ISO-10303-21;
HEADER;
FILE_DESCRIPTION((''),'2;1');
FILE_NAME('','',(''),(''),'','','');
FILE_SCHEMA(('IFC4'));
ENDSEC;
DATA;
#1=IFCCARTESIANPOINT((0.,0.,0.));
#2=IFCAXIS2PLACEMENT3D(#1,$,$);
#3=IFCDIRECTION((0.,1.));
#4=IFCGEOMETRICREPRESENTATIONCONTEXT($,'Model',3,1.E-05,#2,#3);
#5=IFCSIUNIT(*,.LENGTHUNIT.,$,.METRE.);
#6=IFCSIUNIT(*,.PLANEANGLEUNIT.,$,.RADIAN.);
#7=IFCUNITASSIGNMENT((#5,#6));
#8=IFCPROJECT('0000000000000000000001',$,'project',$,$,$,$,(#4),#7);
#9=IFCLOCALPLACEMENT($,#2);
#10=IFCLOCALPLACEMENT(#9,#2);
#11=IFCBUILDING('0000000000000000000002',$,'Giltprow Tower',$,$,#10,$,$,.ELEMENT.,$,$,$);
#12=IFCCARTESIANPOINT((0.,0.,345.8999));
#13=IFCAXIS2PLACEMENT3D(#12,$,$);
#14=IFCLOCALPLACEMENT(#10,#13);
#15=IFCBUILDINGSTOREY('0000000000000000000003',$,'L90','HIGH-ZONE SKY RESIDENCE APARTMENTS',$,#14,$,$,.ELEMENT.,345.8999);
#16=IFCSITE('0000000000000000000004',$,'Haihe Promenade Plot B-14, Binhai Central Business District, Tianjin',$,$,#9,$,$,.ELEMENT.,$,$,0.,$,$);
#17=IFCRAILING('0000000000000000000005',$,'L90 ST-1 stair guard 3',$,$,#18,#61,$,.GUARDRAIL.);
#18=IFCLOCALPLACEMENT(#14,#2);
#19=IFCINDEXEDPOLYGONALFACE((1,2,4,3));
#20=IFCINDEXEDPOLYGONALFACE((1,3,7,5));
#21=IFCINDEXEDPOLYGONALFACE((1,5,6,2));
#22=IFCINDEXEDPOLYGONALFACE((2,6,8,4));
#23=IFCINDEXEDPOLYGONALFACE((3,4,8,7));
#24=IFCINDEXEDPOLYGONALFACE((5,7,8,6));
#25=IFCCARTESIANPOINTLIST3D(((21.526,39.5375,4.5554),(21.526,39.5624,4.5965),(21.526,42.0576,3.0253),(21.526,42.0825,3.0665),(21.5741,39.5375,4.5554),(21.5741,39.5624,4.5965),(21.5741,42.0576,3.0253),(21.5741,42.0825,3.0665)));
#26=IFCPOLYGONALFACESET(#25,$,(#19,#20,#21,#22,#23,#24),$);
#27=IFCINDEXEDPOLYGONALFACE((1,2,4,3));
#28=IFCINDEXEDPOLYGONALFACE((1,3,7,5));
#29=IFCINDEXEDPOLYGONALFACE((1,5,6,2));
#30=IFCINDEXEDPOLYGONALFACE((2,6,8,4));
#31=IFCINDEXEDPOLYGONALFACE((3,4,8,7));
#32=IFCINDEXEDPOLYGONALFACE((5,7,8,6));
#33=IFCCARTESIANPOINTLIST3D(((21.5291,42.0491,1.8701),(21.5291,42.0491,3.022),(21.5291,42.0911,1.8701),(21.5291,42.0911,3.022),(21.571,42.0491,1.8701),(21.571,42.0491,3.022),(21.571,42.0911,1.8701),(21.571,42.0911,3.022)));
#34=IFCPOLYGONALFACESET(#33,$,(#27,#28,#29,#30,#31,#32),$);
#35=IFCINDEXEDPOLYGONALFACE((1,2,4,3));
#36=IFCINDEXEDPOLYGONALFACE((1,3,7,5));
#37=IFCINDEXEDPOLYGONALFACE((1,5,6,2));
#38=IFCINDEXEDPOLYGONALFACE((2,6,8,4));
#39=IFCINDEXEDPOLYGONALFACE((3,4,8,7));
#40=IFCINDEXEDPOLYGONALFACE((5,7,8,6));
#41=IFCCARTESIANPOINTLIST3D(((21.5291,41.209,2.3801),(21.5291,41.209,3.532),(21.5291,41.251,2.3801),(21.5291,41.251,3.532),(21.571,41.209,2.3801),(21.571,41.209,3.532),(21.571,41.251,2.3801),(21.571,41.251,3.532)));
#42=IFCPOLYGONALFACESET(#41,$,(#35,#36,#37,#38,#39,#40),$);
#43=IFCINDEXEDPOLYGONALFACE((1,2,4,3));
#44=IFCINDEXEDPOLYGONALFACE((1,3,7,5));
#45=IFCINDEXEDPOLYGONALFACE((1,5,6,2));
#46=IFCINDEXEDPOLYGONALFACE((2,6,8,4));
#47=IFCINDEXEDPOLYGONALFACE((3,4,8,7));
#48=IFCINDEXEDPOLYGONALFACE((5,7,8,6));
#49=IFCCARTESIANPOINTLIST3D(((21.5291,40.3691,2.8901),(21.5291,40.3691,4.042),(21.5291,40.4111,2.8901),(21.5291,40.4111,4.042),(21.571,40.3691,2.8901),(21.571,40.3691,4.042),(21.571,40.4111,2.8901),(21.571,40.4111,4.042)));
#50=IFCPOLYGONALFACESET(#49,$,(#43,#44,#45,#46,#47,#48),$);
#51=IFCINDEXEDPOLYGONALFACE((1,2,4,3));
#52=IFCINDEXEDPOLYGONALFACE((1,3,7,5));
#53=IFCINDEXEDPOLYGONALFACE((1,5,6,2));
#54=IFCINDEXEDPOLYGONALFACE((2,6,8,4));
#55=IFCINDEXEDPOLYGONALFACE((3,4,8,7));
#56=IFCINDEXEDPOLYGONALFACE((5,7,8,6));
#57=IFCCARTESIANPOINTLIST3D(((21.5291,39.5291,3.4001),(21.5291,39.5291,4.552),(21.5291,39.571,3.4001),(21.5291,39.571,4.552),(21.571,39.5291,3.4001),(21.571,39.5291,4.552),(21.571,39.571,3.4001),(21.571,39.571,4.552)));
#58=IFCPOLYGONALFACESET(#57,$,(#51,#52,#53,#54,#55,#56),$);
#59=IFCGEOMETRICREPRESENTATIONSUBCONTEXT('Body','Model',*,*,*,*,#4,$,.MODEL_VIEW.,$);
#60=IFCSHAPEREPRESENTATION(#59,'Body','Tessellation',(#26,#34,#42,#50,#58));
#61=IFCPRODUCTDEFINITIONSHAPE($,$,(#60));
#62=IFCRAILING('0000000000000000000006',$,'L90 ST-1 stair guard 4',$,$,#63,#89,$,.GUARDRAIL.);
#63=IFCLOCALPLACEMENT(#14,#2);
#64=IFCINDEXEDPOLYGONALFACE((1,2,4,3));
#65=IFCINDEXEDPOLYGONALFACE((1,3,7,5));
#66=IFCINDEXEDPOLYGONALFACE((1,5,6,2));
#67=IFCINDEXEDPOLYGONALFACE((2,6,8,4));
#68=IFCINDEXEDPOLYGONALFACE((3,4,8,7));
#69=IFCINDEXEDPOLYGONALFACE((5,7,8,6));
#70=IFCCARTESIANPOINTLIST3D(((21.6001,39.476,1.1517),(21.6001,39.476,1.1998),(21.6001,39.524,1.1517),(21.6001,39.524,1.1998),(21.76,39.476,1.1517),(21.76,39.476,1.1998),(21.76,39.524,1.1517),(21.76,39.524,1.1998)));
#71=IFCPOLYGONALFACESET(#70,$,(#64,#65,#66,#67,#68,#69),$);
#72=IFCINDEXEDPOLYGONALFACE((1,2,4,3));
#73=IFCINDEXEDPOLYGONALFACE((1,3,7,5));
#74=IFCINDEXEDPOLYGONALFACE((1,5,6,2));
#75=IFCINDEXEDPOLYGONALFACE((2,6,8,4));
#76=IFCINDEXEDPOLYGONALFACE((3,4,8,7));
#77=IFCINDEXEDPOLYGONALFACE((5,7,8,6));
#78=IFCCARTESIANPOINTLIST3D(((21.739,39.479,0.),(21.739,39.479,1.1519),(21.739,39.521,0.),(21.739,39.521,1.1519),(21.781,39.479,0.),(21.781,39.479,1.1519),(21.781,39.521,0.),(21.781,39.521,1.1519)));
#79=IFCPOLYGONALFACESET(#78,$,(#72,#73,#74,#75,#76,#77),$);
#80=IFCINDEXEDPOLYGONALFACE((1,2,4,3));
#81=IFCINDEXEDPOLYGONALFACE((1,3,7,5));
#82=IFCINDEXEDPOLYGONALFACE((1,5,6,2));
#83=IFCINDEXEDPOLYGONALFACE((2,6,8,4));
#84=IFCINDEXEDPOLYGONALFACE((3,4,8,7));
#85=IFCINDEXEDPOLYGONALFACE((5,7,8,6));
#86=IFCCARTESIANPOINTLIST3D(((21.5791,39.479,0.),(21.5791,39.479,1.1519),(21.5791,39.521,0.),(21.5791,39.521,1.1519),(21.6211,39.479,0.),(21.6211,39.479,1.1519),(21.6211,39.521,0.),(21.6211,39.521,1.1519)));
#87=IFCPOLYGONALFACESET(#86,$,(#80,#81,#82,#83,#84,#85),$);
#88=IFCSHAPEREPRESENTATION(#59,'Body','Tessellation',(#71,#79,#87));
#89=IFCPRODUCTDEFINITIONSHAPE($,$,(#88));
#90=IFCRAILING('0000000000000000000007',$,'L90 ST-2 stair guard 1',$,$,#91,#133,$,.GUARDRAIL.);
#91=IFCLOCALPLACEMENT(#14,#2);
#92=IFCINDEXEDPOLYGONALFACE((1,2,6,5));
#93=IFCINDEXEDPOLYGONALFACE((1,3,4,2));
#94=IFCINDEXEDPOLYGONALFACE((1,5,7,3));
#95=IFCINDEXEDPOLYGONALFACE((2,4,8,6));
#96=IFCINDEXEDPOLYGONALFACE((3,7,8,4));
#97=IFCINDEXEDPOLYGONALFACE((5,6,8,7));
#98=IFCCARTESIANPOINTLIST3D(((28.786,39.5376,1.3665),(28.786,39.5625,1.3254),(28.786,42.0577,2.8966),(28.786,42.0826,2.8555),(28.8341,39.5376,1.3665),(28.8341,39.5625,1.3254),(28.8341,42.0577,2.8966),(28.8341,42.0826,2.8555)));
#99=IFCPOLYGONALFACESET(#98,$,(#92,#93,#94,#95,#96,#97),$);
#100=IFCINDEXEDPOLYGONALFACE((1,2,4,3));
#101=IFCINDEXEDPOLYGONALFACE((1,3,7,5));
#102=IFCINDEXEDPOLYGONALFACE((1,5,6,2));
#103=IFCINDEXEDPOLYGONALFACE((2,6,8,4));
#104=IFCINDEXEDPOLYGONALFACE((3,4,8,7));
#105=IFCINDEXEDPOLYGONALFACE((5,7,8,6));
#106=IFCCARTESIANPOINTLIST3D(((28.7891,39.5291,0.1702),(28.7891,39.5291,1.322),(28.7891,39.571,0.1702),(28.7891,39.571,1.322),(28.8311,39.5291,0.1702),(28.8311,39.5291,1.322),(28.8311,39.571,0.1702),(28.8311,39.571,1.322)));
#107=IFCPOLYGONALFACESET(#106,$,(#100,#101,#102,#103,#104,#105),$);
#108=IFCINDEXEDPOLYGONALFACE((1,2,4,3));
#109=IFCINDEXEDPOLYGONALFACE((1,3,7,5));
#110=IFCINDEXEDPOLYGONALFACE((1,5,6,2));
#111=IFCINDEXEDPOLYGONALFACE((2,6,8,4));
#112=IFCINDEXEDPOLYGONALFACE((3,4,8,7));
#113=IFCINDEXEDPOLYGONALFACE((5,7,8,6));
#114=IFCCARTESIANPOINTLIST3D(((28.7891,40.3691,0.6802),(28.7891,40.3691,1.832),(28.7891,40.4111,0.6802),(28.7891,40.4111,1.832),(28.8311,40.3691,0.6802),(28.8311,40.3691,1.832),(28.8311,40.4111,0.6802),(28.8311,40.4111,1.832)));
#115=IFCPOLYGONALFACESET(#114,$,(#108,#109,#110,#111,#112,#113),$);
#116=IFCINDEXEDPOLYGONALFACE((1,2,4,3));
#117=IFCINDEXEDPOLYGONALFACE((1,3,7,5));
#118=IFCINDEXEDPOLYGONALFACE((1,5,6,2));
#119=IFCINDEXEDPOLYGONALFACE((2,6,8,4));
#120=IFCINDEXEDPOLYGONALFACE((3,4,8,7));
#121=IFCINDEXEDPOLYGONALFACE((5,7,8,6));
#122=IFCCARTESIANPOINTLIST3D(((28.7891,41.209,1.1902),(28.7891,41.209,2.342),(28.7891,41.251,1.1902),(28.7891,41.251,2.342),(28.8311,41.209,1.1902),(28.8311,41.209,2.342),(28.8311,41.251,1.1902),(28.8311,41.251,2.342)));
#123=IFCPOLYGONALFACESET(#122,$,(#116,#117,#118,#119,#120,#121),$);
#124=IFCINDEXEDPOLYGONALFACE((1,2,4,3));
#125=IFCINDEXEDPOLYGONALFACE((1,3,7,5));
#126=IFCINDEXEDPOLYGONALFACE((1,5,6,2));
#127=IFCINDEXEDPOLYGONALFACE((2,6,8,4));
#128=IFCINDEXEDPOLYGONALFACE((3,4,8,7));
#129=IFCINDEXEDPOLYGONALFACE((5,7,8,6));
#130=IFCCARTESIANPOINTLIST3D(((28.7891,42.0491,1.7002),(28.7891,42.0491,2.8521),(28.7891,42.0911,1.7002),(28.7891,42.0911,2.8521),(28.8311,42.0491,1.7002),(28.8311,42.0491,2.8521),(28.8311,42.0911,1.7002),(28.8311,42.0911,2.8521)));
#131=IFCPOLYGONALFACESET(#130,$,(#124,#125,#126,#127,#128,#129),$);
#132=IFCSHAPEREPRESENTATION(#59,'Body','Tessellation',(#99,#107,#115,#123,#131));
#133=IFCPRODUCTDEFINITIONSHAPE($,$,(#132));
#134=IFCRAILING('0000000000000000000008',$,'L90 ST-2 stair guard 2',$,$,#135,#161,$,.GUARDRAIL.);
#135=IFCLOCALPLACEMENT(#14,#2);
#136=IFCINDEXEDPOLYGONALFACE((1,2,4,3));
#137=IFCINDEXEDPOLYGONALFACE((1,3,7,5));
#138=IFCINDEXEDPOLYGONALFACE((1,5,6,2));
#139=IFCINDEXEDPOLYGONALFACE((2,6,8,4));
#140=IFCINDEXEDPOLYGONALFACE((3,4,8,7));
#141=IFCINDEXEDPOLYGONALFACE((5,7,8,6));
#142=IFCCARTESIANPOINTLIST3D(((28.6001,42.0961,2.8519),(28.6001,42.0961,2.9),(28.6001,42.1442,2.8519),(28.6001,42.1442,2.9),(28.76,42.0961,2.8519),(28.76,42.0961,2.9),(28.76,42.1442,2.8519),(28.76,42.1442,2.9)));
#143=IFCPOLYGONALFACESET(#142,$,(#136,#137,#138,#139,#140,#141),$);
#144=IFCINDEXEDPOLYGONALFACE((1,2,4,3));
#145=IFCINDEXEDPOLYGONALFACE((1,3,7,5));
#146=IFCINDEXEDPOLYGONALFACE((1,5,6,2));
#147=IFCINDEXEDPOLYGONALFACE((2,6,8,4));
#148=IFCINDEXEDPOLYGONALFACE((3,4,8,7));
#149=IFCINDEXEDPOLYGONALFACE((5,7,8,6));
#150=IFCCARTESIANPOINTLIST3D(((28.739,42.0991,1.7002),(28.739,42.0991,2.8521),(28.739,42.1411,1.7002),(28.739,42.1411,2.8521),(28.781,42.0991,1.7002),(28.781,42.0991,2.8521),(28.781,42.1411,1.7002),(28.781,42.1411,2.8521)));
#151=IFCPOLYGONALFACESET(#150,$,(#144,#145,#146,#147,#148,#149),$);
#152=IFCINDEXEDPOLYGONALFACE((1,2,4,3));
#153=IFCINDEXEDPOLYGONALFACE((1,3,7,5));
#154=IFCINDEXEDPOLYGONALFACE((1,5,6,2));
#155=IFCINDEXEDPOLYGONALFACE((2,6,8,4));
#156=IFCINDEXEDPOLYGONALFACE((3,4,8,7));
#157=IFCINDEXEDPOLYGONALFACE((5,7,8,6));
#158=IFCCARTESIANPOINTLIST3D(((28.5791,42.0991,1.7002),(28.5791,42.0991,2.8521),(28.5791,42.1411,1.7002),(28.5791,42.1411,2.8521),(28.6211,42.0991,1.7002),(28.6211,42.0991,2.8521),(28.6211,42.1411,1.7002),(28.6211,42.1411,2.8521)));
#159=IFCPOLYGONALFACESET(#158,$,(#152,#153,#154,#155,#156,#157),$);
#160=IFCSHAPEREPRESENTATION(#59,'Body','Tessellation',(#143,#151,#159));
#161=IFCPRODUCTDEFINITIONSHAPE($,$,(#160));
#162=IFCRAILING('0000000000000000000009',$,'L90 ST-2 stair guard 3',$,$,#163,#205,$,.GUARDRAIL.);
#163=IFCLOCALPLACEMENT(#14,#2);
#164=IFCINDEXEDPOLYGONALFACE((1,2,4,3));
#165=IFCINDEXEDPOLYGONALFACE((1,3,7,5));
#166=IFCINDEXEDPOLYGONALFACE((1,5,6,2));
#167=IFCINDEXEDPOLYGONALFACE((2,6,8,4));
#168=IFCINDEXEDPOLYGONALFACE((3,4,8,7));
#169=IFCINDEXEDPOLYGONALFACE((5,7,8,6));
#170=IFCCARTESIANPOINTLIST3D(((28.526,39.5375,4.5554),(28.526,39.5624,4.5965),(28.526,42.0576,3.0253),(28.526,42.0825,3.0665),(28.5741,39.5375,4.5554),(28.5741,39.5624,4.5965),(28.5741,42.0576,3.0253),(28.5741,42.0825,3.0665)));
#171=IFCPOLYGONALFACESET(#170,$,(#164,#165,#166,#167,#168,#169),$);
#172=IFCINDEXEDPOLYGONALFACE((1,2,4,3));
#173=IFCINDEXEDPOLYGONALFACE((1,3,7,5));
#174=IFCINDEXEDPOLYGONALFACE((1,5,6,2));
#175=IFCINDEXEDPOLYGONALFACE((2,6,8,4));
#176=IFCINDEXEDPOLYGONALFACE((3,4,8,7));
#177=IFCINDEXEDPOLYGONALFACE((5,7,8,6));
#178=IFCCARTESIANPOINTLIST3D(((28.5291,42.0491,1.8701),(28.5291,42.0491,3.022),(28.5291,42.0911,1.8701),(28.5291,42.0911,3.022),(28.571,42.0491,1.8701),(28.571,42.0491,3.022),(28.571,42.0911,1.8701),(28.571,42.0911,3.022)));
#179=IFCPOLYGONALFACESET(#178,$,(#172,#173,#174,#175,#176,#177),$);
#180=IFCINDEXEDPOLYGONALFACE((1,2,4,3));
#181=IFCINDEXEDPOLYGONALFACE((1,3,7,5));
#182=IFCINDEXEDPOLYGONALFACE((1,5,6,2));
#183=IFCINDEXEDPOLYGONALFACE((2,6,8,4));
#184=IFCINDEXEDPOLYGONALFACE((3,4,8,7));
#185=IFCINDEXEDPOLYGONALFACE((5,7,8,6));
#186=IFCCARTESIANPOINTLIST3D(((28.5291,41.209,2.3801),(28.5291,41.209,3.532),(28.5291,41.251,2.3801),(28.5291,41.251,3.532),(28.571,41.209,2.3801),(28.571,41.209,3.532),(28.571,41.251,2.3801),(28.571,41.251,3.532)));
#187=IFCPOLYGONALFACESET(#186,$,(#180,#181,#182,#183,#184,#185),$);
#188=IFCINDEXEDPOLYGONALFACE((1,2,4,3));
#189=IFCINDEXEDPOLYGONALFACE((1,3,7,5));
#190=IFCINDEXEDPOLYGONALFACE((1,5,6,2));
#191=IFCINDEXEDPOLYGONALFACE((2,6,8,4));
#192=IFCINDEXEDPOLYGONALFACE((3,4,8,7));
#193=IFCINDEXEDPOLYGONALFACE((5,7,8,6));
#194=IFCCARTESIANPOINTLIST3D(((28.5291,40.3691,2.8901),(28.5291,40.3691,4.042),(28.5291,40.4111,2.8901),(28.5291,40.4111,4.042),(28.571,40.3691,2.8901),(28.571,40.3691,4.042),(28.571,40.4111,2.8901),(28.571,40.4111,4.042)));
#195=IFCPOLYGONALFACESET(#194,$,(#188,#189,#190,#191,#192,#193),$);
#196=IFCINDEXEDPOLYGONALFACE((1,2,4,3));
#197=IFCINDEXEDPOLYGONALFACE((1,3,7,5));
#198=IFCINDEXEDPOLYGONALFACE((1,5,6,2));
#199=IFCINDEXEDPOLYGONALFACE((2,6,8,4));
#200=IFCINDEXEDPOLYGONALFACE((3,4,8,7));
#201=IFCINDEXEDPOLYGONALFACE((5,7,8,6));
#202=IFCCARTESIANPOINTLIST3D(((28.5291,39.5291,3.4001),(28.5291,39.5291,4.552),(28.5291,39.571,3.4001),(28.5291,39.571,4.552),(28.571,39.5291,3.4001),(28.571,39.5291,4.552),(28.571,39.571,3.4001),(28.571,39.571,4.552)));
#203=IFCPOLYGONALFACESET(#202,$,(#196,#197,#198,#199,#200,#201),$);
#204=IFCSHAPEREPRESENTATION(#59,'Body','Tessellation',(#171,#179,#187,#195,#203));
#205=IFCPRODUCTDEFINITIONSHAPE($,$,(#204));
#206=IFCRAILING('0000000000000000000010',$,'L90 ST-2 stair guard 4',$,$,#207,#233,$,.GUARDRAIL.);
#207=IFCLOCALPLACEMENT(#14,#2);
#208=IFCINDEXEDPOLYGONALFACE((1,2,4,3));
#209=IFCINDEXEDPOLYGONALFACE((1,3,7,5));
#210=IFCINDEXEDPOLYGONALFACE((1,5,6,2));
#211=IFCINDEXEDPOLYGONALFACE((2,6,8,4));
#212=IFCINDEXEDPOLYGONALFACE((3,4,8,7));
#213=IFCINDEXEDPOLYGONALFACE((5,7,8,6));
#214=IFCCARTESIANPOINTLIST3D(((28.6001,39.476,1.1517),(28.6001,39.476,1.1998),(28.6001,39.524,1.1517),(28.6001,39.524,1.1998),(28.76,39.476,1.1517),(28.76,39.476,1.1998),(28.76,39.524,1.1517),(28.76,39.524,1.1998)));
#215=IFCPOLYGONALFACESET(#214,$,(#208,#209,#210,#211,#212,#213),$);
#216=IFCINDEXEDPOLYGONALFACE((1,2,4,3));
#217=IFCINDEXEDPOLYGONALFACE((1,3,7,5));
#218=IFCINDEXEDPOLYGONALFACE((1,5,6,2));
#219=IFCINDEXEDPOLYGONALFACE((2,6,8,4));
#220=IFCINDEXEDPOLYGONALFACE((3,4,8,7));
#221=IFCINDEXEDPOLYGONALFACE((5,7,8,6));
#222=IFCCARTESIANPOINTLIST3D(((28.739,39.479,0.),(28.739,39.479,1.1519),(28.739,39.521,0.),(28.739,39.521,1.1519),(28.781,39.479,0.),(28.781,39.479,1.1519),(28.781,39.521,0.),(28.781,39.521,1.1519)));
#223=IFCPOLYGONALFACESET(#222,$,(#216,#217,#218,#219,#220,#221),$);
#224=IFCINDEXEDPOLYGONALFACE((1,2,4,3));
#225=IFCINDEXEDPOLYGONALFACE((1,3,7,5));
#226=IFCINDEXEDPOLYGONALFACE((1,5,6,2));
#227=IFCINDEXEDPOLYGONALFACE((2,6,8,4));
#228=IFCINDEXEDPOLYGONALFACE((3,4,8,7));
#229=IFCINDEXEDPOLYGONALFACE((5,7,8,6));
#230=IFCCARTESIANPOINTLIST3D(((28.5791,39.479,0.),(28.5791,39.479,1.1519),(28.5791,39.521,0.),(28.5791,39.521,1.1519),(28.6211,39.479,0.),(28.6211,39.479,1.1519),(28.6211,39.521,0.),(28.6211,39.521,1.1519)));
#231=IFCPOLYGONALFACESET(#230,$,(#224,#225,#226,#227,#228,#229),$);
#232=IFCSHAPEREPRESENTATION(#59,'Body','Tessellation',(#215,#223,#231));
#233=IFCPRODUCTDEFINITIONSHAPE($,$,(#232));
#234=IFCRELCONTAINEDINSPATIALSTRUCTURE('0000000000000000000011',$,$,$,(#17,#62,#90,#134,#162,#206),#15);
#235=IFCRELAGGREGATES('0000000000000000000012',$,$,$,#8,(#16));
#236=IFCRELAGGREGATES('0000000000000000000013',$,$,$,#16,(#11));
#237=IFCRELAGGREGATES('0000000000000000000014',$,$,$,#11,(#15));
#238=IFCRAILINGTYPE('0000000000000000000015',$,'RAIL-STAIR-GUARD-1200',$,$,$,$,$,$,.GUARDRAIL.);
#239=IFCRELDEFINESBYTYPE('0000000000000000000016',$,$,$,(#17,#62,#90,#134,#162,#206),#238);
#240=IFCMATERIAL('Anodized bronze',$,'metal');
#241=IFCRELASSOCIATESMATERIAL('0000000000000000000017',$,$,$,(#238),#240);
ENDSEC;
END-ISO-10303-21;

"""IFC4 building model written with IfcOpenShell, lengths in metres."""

from ifc_helpers import new_model, si_unit, direction, frame, origin, origin_2d, place, context, subcontext, project, spatial, rectangle, extrude, material, type_object, element, save


model = new_model("IFC4")

# Units and contexts
model_context = context("Model", 3, precision=1e-05, world=origin(), true_north=direction((0.0, 1.0)))
body_context = subcontext(model_context, "Body", "Model", "MODEL_VIEW")
ifc_project = project(units=[si_unit("LENGTHUNIT", "METRE"), si_unit("PLANEANGLEUNIT", "RADIAN")], contexts=[model_context])

# Site, building, storey
site_placement = place(None, origin())
site = spatial("IfcSite", under=ifc_project, at=site_placement, Name="Haihe Promenade Plot B-14, Binhai Central Business District, Tianjin", CompositionType="ELEMENT", RefElevation=0.0)
building_placement = place(site_placement, origin())
building = spatial("IfcBuilding", under=site, at=building_placement, Name="Giltprow Tower", CompositionType="ELEMENT")
storey_placement = place(building_placement, frame((0.0, 0.0, 345.8999)))
storey = spatial("IfcBuildingStorey", under=building, at=storey_placement, Name="L90", Description="HIGH-ZONE SKY RESIDENCE APARTMENTS", CompositionType="ELEMENT", Elevation=345.8999)

# Railings
ifc_material_1 = material(Name="Anodized bronze", Category="metal")
railing_type_1 = type_object("IfcRailingType", Name="RAIL-STAIR-GUARD-1200", PredefinedType="GUARDRAIL", material=ifc_material_1)
railing_1_placement = place(storey_placement, frame((21.55, 42.0701, 1.8701)))
element("IfcRailing", 1, at=railing_1_placement, inside=storey, type_object=railing_type_1, Name="L90 ST-1 stair guard 3", PredefinedType="GUARDRAIL", context=body_context, shape_type="SweptSolid", body=[
    extrude(rectangle(XDim=0.0481, YDim=0.0481, at=origin_2d()), frame((0.0, 0.0, 1.1758), z_axis=(0.0, -0.854785, 0.518982), x_axis=(1.0, 0.0, 0.0)), (0.0, 0.0, 1.0), 2.9482),
    extrude(rectangle(XDim=0.042, YDim=0.042, at=origin_2d()), origin(), (0.0, 0.0, 1.0), 1.1519),
    extrude(rectangle(XDim=0.042, YDim=0.042, at=origin_2d()), frame((0.0, -0.8401, 0.51)), (0.0, 0.0, 1.0), 1.1519),
    extrude(rectangle(XDim=0.042, YDim=0.042, at=origin_2d()), frame((0.0, -1.6799, 1.02)), (0.0, 0.0, 1.0), 1.1519),
    extrude(rectangle(XDim=0.042, YDim=0.042, at=origin_2d()), frame((0.0, -2.52, 1.53)), (0.0, 0.0, 1.0), 1.1519),
])
railing_2_placement = place(storey_placement, frame((21.76, 39.5, 0.0)))
element("IfcRailing", 2, at=railing_2_placement, inside=storey, type_object=railing_type_1, Name="L90 ST-1 stair guard 4", PredefinedType="GUARDRAIL", context=body_context, shape_type="SweptSolid", body=[
    extrude(rectangle(XDim=0.0481, YDim=0.0481, at=origin_2d()), frame((0.0, 0.0, 1.1758), z_axis=(-1.0, 0.0, 0.0), x_axis=(0.0, -1.0, 0.0)), (0.0, 0.0, 1.0), 0.1599),
    extrude(rectangle(XDim=0.042, YDim=0.042, at=origin_2d()), origin(), (0.0, 0.0, 1.0), 1.1519),
    extrude(rectangle(XDim=0.042, YDim=0.042, at=origin_2d()), frame((-0.1599, 0.0, 0.0)), (0.0, 0.0, 1.0), 1.1519),
])
railing_3_placement = place(storey_placement, frame((28.8101, 39.55, 0.1702)))
element("IfcRailing", 3, at=railing_3_placement, inside=storey, type_object=railing_type_1, Name="L90 ST-2 stair guard 1", PredefinedType="GUARDRAIL", context=body_context, shape_type="SweptSolid", body=[
    extrude(rectangle(XDim=0.0481, YDim=0.0481, at=origin_2d()), frame((0.0, 0.0, 1.1758), z_axis=(0.0, 0.854785, 0.518982), x_axis=(-1.0, 0.0, 0.0)), (0.0, 0.0, 1.0), 2.9482),
    extrude(rectangle(XDim=0.042, YDim=0.042, at=origin_2d()), origin(), (0.0, 0.0, 1.0), 1.1519),
    extrude(rectangle(XDim=0.042, YDim=0.042, at=origin_2d()), frame((0.0, 0.8401, 0.51)), (0.0, 0.0, 1.0), 1.1519),
    extrude(rectangle(XDim=0.042, YDim=0.042, at=origin_2d()), frame((0.0, 1.6799, 1.02)), (0.0, 0.0, 1.0), 1.1519),
    extrude(rectangle(XDim=0.042, YDim=0.042, at=origin_2d()), frame((0.0, 2.52, 1.53)), (0.0, 0.0, 1.0), 1.1519),
])
railing_4_placement = place(storey_placement, frame((28.76, 42.1201, 1.7002)))
element("IfcRailing", 4, at=railing_4_placement, inside=storey, type_object=railing_type_1, Name="L90 ST-2 stair guard 2", PredefinedType="GUARDRAIL", context=body_context, shape_type="SweptSolid", body=[
    extrude(rectangle(XDim=0.0481, YDim=0.0481, at=origin_2d()), frame((0.0, 0.0, 1.1758), z_axis=(-1.0, 0.0, 0.0), x_axis=(0.0, -1.0, 0.0)), (0.0, 0.0, 1.0), 0.1599),
    extrude(rectangle(XDim=0.042, YDim=0.042, at=origin_2d()), origin(), (0.0, 0.0, 1.0), 1.1519),
    extrude(rectangle(XDim=0.042, YDim=0.042, at=origin_2d()), frame((-0.1599, 0.0, 0.0)), (0.0, 0.0, 1.0), 1.1519),
])
railing_5_placement = place(storey_placement, frame((28.55, 42.0701, 1.8701)))
element("IfcRailing", 5, at=railing_5_placement, inside=storey, type_object=railing_type_1, Name="L90 ST-2 stair guard 3", PredefinedType="GUARDRAIL", context=body_context, shape_type="SweptSolid", body=[
    extrude(rectangle(XDim=0.0481, YDim=0.0481, at=origin_2d()), frame((0.0, 0.0, 1.1758), z_axis=(0.0, -0.854785, 0.518982), x_axis=(1.0, 0.0, 0.0)), (0.0, 0.0, 1.0), 2.9482),
    extrude(rectangle(XDim=0.042, YDim=0.042, at=origin_2d()), origin(), (0.0, 0.0, 1.0), 1.1519),
    extrude(rectangle(XDim=0.042, YDim=0.042, at=origin_2d()), frame((0.0, -0.8401, 0.51)), (0.0, 0.0, 1.0), 1.1519),
    extrude(rectangle(XDim=0.042, YDim=0.042, at=origin_2d()), frame((0.0, -1.6799, 1.02)), (0.0, 0.0, 1.0), 1.1519),
    extrude(rectangle(XDim=0.042, YDim=0.042, at=origin_2d()), frame((0.0, -2.52, 1.53)), (0.0, 0.0, 1.0), 1.1519),
])
railing_6_placement = place(storey_placement, frame((28.76, 39.5, 0.0)))
element("IfcRailing", 6, at=railing_6_placement, inside=storey, type_object=railing_type_1, Name="L90 ST-2 stair guard 4", PredefinedType="GUARDRAIL", context=body_context, shape_type="SweptSolid", body=[
    extrude(rectangle(XDim=0.0481, YDim=0.0481, at=origin_2d()), frame((0.0, 0.0, 1.1758), z_axis=(-1.0, 0.0, 0.0), x_axis=(0.0, -1.0, 0.0)), (0.0, 0.0, 1.0), 0.1599),
    extrude(rectangle(XDim=0.042, YDim=0.042, at=origin_2d()), origin(), (0.0, 0.0, 1.0), 1.1519),
    extrude(rectangle(XDim=0.042, YDim=0.042, at=origin_2d()), frame((-0.1599, 0.0, 0.0)), (0.0, 0.0, 1.0), 1.1519),
])

save(model, "model.ifc")
